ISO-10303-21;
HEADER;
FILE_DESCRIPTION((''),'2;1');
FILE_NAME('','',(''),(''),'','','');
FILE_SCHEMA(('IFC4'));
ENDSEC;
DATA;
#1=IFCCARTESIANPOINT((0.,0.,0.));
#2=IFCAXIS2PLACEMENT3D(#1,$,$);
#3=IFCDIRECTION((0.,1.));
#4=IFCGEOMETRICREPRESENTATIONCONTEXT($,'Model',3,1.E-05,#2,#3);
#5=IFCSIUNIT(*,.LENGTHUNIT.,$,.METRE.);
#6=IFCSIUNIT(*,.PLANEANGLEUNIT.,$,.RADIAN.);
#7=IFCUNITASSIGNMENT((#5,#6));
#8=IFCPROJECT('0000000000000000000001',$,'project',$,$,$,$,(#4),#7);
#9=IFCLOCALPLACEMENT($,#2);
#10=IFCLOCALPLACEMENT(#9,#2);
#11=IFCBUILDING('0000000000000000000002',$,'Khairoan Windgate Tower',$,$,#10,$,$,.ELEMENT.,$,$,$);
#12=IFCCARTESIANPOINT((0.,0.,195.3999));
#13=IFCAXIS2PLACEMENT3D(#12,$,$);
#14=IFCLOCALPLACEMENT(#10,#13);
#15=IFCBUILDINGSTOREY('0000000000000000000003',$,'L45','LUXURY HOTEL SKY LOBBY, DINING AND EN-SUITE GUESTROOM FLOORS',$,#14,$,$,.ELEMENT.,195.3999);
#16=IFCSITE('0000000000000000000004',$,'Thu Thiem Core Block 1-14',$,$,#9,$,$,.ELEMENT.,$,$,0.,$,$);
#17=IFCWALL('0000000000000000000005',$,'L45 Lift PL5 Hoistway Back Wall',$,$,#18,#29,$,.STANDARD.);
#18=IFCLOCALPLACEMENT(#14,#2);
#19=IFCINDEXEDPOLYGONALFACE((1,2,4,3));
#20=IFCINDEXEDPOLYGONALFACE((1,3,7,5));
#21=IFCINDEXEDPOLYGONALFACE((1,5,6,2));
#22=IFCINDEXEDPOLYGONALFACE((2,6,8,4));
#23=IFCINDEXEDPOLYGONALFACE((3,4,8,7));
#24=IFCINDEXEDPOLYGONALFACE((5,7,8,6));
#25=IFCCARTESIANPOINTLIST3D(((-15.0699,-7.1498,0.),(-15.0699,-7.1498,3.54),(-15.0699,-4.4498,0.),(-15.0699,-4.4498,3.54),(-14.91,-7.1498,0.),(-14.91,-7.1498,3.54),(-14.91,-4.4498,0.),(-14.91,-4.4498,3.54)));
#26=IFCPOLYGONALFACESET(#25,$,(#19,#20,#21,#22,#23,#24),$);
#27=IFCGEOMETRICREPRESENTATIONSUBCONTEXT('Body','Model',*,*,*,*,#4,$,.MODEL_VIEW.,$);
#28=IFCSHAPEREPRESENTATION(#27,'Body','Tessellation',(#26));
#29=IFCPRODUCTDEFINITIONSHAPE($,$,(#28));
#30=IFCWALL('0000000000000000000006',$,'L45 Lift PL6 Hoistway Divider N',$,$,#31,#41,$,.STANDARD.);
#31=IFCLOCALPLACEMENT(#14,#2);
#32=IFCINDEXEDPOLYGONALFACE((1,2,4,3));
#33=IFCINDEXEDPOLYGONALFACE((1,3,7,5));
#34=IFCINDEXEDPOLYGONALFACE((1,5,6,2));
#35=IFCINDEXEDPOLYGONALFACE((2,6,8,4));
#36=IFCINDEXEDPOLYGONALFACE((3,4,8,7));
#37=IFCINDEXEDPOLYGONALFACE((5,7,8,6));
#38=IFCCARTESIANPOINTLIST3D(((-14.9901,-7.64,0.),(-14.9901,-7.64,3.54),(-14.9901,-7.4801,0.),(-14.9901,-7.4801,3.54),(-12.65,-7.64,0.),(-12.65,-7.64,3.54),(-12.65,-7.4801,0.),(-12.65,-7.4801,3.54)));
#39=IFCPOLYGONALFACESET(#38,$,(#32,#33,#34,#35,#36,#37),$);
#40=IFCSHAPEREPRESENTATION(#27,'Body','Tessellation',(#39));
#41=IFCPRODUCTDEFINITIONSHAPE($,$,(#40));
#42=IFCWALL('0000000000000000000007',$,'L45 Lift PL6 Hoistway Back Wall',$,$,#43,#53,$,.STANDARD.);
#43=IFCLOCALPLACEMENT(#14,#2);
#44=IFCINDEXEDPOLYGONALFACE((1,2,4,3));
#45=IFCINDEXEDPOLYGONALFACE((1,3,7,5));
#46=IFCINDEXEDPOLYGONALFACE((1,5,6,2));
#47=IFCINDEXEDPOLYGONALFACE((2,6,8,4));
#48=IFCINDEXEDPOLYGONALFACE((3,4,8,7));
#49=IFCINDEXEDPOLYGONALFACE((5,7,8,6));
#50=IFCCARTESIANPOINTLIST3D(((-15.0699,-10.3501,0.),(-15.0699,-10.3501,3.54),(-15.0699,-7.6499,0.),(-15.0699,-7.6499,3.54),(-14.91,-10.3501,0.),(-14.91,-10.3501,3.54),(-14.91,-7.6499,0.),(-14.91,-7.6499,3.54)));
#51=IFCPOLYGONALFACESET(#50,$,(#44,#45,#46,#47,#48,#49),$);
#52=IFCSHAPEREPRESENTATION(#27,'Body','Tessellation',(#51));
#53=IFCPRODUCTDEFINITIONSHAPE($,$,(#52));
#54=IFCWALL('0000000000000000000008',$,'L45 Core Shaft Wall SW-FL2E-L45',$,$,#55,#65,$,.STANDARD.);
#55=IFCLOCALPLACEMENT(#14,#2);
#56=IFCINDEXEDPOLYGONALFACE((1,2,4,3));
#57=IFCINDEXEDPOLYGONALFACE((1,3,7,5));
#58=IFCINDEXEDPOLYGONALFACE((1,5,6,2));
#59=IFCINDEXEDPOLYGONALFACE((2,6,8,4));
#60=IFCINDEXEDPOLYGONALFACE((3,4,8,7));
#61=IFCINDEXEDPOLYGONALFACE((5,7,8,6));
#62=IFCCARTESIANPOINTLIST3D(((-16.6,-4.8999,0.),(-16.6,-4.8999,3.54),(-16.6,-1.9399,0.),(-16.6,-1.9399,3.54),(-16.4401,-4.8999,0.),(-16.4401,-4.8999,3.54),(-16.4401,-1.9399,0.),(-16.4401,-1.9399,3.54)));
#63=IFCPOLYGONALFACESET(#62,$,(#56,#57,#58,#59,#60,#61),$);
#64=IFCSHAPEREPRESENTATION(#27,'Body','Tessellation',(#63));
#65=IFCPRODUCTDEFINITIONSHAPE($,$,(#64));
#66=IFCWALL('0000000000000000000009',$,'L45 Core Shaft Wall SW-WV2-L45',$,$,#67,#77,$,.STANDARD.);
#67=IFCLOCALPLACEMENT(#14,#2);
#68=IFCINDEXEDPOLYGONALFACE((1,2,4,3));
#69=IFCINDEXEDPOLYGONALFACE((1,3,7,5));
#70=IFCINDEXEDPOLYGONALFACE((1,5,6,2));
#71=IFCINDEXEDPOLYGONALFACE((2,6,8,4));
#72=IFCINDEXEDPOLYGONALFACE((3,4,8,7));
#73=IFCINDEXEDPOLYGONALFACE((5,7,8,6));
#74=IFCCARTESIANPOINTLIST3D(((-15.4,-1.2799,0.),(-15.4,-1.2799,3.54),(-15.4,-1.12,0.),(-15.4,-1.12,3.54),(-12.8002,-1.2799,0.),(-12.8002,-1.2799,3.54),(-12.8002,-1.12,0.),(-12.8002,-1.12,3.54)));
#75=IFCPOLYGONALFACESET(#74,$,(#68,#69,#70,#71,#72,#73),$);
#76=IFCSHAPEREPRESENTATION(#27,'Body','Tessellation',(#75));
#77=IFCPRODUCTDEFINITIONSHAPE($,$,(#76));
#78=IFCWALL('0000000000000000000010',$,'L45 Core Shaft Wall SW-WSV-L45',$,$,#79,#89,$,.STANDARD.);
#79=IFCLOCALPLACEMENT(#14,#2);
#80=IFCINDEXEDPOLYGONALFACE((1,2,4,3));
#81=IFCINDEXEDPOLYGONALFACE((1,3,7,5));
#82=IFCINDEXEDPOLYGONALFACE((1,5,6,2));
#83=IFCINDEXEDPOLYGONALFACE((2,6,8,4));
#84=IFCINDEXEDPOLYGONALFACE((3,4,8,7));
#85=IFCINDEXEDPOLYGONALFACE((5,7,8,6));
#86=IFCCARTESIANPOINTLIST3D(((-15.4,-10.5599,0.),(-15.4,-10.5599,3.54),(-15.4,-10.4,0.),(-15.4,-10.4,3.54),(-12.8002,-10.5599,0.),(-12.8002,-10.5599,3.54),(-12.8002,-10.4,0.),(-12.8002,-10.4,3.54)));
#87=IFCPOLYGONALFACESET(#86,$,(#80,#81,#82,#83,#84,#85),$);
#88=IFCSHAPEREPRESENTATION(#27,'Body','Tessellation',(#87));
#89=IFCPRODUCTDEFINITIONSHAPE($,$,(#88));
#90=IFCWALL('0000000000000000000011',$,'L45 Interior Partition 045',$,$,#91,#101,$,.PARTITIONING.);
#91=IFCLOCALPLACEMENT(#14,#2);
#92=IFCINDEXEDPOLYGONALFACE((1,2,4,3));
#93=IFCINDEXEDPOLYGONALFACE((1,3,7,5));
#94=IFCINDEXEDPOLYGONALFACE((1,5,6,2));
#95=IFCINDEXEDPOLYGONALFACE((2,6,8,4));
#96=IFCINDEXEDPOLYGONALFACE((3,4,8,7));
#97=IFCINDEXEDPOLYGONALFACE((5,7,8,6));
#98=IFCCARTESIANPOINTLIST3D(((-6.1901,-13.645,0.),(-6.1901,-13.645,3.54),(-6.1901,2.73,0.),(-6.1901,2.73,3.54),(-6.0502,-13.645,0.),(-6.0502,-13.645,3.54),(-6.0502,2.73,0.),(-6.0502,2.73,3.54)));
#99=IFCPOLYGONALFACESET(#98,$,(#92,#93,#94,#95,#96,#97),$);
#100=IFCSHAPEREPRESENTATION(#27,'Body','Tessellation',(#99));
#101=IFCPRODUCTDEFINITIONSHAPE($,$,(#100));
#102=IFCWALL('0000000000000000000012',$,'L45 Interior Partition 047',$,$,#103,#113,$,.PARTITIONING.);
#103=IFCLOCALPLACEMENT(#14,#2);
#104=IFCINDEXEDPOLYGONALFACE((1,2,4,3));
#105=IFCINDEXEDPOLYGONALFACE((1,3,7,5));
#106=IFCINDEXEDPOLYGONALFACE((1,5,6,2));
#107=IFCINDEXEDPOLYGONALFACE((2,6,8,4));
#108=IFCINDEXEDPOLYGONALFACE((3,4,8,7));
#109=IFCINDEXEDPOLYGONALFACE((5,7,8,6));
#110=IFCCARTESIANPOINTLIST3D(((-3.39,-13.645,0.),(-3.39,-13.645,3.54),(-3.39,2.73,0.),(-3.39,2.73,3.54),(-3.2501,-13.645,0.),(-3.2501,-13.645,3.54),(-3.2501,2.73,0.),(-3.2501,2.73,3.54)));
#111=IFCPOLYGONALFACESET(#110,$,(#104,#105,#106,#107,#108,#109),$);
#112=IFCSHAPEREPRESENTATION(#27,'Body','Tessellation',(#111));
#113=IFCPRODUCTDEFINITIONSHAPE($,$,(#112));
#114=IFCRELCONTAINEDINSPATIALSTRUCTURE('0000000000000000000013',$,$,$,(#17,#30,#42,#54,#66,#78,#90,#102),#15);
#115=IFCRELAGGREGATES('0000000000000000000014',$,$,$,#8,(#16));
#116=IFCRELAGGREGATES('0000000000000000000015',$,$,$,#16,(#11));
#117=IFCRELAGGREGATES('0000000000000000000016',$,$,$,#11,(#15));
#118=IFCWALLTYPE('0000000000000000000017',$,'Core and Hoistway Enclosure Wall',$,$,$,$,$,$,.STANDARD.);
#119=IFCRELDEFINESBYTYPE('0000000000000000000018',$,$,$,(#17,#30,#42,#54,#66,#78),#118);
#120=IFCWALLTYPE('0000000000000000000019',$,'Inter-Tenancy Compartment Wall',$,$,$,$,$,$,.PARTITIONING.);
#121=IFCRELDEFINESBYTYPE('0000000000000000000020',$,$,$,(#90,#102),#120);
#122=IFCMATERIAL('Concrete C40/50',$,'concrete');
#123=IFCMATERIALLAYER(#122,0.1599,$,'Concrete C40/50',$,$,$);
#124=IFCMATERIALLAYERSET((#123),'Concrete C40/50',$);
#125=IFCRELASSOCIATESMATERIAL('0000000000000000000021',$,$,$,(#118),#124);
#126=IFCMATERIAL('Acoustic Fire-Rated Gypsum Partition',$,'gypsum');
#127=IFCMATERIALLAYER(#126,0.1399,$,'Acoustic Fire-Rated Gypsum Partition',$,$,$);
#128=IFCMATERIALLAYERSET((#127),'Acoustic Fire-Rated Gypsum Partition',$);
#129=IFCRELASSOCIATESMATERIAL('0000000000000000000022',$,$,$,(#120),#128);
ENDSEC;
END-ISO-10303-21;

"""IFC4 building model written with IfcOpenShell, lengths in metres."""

from ifc_helpers import new_model, si_unit, direction, frame, frame_2d, origin, place, context, subcontext, project, spatial, rectangle, extrude, material, layer, layer_set, type_object, element, save


model = new_model("IFC4")

# Units and contexts
model_context = context("Model", 3, precision=1e-05, world=origin(), true_north=direction((0.0, 1.0)))
body_context = subcontext(model_context, "Body", "Model", "MODEL_VIEW")
ifc_project = project(units=[si_unit("LENGTHUNIT", "METRE"), si_unit("PLANEANGLEUNIT", "RADIAN")], contexts=[model_context])

# Site, building, storey
site_placement = place(None, origin())
site = spatial("IfcSite", under=ifc_project, at=site_placement, Name="Thu Thiem Core Block 1-14", CompositionType="ELEMENT", RefElevation=0.0)
building_placement = place(site_placement, origin())
building = spatial("IfcBuilding", under=site, at=building_placement, Name="Khairoan Windgate Tower", CompositionType="ELEMENT")
storey_placement = place(building_placement, frame((0.0, 0.0, 195.3999)))
storey = spatial("IfcBuildingStorey", under=building, at=storey_placement, Name="L45", Description="LUXURY HOTEL SKY LOBBY, DINING AND EN-SUITE GUESTROOM FLOORS", CompositionType="ELEMENT", Elevation=195.3999)

# Walls
ifc_material_1 = material(Name="Concrete C40/50", Category="concrete")
ifc_layer_1 = layer(ifc_material_1, 0.1599, Name="Concrete C40/50")
ifc_layer_set_1 = layer_set([ifc_layer_1], Name="Concrete C40/50")
wall_type_1 = type_object("IfcWallType", Name="Core and Hoistway Enclosure Wall", PredefinedType="STANDARD", material=ifc_layer_set_1)
wall_1_placement = place(storey_placement, frame((-14.99, -7.1499, 0.0), z_axis=(0.0, 0.0, 1.0), x_axis=(0.0, 1.0, 0.0)))
element("IfcWall", 1, at=wall_1_placement, inside=storey, type_object=wall_type_1, Name="L45 Lift PL5 Hoistway Back Wall", PredefinedType="STANDARD", context=body_context, shape_type="SweptSolid", body=[
    extrude(rectangle(XDim=2.7, YDim=0.1599, at=frame_2d((1.3501, 0.0))), origin(), (0.0, 0.0, 1.0), 3.54),
])
wall_2_placement = place(storey_placement, frame((-14.99, -7.5601, 0.0), z_axis=(0.0, 0.0, 1.0), x_axis=(1.0, 0.0, 0.0)))
element("IfcWall", 2, at=wall_2_placement, inside=storey, type_object=wall_type_1, Name="L45 Lift PL6 Hoistway Divider N", PredefinedType="STANDARD", context=body_context, shape_type="SweptSolid", body=[
    extrude(rectangle(XDim=2.3401, YDim=0.1599, at=frame_2d((1.1699, 0.0))), origin(), (0.0, 0.0, 1.0), 3.54),
])
wall_3_placement = place(storey_placement, frame((-14.99, -10.3501, 0.0), z_axis=(0.0, 0.0, 1.0), x_axis=(0.0, 1.0, 0.0)))
element("IfcWall", 3, at=wall_3_placement, inside=storey, type_object=wall_type_1, Name="L45 Lift PL6 Hoistway Back Wall", PredefinedType="STANDARD", context=body_context, shape_type="SweptSolid", body=[
    extrude(rectangle(XDim=2.7002, YDim=0.1599, at=frame_2d((1.3501, 0.0))), origin(), (0.0, 0.0, 1.0), 3.54),
])
wall_4_placement = place(storey_placement, frame((-16.52, -4.8999, 0.0), z_axis=(0.0, 0.0, 1.0), x_axis=(0.0, 1.0, 0.0)))
element("IfcWall", 4, at=wall_4_placement, inside=storey, type_object=wall_type_1, Name="L45 Core Shaft Wall SW-FL2E-L45", PredefinedType="STANDARD", context=body_context, shape_type="SweptSolid", body=[
    extrude(rectangle(XDim=2.96, YDim=0.1599, at=frame_2d((1.48, 0.0))), origin(), (0.0, 0.0, 1.0), 3.54),
])
for number, where, z_axis, x_axis, name in (
    (5, (-15.3999, -1.2, 0.0), (0.0, 0.0, 1.0), (1.0, 0.0, 0.0), "L45 Core Shaft Wall SW-WV2-L45"),
    (6, (-15.3999, -10.48, 0.0), (0.0, 0.0, 1.0), (1.0, 0.0, 0.0), "L45 Core Shaft Wall SW-WSV-L45"),
):
    element("IfcWall", number, at=place(storey_placement, frame(where, z_axis=z_axis, x_axis=x_axis)), inside=storey, type_object=wall_type_1, Name=name, PredefinedType="STANDARD", context=body_context, shape_type="SweptSolid", body=[
        extrude(rectangle(XDim=2.5999, YDim=0.1599, at=frame_2d((1.2998, 0.0))), origin(), (0.0, 0.0, 1.0), 3.54),
    ])
ifc_material_2 = material(Name="Acoustic Fire-Rated Gypsum Partition", Category="gypsum")
ifc_layer_2 = layer(ifc_material_2, 0.1399, Name="Acoustic Fire-Rated Gypsum Partition")
ifc_layer_set_2 = layer_set([ifc_layer_2], Name="Acoustic Fire-Rated Gypsum Partition")
wall_type_2 = type_object("IfcWallType", Name="Inter-Tenancy Compartment Wall", PredefinedType="PARTITIONING", material=ifc_layer_set_2)
for number, where, z_axis, x_axis, name in (
    (7, (-6.1201, -13.645, 0.0), (0.0, 0.0, 1.0), (0.0, 1.0, 0.0), "L45 Interior Partition 045"),
    (8, (-3.3201, -13.645, 0.0), (0.0, 0.0, 1.0), (0.0, 1.0, 0.0), "L45 Interior Partition 047"),
):
    element("IfcWall", number, at=place(storey_placement, frame(where, z_axis=z_axis, x_axis=x_axis)), inside=storey, type_object=wall_type_2, Name=name, PredefinedType="PARTITIONING", context=body_context, shape_type="SweptSolid", body=[
        extrude(rectangle(XDim=16.375, YDim=0.1399, at=frame_2d((8.1875, 0.0))), origin(), (0.0, 0.0, 1.0), 3.54),
    ])

save(model, "model.ifc")
